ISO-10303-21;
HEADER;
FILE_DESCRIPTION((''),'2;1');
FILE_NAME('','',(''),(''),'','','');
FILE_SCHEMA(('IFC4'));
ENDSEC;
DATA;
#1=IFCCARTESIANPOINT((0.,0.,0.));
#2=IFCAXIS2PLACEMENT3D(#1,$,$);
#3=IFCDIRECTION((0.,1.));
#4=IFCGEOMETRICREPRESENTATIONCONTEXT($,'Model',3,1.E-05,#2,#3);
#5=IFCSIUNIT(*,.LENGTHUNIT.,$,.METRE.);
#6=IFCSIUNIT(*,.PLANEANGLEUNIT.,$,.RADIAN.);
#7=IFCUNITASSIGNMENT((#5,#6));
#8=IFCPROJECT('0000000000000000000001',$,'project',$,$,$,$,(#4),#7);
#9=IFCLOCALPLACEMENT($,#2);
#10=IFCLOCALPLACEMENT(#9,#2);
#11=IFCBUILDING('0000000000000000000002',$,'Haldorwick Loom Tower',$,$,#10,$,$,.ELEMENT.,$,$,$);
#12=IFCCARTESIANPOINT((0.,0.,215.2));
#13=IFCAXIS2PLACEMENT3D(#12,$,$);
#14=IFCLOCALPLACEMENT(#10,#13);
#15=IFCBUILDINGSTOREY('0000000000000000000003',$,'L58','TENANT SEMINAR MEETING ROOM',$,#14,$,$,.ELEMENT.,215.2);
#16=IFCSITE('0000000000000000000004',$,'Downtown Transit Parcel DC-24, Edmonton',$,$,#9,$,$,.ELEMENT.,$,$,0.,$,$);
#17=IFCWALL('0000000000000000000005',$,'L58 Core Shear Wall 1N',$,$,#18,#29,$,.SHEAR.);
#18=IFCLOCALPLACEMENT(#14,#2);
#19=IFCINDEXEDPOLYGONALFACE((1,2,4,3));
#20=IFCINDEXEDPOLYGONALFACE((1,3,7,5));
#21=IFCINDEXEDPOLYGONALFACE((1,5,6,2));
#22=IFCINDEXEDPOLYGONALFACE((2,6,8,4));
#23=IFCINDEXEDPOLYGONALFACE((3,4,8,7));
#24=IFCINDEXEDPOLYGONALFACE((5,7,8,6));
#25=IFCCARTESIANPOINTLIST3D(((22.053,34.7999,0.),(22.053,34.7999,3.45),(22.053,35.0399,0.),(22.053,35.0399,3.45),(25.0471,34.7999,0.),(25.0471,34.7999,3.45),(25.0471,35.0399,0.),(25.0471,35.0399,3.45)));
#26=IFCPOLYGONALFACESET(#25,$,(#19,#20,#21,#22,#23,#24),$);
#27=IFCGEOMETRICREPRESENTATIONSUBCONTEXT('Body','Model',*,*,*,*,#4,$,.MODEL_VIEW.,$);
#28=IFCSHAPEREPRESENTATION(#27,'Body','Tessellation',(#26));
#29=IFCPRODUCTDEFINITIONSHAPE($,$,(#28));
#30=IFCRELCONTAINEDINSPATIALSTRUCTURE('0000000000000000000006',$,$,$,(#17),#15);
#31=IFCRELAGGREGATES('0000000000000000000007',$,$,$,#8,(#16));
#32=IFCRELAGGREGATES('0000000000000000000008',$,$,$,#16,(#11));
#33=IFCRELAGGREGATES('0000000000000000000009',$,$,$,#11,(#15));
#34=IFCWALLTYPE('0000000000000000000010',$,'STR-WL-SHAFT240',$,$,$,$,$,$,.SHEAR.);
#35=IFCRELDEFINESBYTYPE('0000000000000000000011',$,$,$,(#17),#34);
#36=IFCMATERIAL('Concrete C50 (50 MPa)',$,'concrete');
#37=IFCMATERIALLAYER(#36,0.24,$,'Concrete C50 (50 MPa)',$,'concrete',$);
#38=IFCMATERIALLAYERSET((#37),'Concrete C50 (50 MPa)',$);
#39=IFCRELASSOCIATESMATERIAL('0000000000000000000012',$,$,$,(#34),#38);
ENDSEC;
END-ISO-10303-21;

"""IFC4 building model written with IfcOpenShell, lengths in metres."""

from ifc_helpers import new_model, si_unit, direction, frame, frame_2d, origin, place, context, subcontext, project, spatial, rectangle, extrude, material, layer, layer_set, type_object, element, save


model = new_model("IFC4")

# Units and contexts
model_context = context("Model", 3, precision=1e-05, world=origin(), true_north=direction((0.0, 1.0)))
body_context = subcontext(model_context, "Body", "Model", "MODEL_VIEW")
ifc_project = project(units=[si_unit("LENGTHUNIT", "METRE"), si_unit("PLANEANGLEUNIT", "RADIAN")], contexts=[model_context])

# Site, building, storey
site_placement = place(None, origin())
site = spatial("IfcSite", under=ifc_project, at=site_placement, Name="Downtown Transit Parcel DC-24, Edmonton", CompositionType="ELEMENT", RefElevation=0.0)
building_placement = place(site_placement, origin())
building = spatial("IfcBuilding", under=site, at=building_placement, Name="Haldorwick Loom Tower", CompositionType="ELEMENT")
storey_placement = place(building_placement, frame((0.0, 0.0, 215.2)))
storey = spatial("IfcBuildingStorey", under=building, at=storey_placement, Name="L58", Description="TENANT SEMINAR MEETING ROOM", CompositionType="ELEMENT", Elevation=215.2)

# Shared definitions
ifc_material_1 = material(Name="Concrete C50 (50 MPa)", Category="concrete")

# Wall
ifc_layer_1 = layer(ifc_material_1, 0.24, Name="Concrete C50 (50 MPa)", Category="concrete")
ifc_layer_set_1 = layer_set([ifc_layer_1], Name="Concrete C50 (50 MPa)")
wall_type_1 = type_object("IfcWallType", Name="STR-WL-SHAFT240", PredefinedType="SHEAR", material=ifc_layer_set_1)
wall_1_placement = place(storey_placement, frame((22.053, 34.9199, 0.0), z_axis=(0.0, 0.0, 1.0), x_axis=(1.0, 0.0, 0.0)))
element("IfcWall", 1, at=wall_1_placement, inside=storey, type_object=wall_type_1, Name="L58 Core Shear Wall 1N", PredefinedType="SHEAR", context=body_context, shape_type="SweptSolid", body=[
    extrude(rectangle(XDim=2.9941, YDim=0.24, at=frame_2d((1.4971, 0.0))), origin(), (0.0, 0.0, 1.0), 3.45),
])

save(model, "model.ifc")
